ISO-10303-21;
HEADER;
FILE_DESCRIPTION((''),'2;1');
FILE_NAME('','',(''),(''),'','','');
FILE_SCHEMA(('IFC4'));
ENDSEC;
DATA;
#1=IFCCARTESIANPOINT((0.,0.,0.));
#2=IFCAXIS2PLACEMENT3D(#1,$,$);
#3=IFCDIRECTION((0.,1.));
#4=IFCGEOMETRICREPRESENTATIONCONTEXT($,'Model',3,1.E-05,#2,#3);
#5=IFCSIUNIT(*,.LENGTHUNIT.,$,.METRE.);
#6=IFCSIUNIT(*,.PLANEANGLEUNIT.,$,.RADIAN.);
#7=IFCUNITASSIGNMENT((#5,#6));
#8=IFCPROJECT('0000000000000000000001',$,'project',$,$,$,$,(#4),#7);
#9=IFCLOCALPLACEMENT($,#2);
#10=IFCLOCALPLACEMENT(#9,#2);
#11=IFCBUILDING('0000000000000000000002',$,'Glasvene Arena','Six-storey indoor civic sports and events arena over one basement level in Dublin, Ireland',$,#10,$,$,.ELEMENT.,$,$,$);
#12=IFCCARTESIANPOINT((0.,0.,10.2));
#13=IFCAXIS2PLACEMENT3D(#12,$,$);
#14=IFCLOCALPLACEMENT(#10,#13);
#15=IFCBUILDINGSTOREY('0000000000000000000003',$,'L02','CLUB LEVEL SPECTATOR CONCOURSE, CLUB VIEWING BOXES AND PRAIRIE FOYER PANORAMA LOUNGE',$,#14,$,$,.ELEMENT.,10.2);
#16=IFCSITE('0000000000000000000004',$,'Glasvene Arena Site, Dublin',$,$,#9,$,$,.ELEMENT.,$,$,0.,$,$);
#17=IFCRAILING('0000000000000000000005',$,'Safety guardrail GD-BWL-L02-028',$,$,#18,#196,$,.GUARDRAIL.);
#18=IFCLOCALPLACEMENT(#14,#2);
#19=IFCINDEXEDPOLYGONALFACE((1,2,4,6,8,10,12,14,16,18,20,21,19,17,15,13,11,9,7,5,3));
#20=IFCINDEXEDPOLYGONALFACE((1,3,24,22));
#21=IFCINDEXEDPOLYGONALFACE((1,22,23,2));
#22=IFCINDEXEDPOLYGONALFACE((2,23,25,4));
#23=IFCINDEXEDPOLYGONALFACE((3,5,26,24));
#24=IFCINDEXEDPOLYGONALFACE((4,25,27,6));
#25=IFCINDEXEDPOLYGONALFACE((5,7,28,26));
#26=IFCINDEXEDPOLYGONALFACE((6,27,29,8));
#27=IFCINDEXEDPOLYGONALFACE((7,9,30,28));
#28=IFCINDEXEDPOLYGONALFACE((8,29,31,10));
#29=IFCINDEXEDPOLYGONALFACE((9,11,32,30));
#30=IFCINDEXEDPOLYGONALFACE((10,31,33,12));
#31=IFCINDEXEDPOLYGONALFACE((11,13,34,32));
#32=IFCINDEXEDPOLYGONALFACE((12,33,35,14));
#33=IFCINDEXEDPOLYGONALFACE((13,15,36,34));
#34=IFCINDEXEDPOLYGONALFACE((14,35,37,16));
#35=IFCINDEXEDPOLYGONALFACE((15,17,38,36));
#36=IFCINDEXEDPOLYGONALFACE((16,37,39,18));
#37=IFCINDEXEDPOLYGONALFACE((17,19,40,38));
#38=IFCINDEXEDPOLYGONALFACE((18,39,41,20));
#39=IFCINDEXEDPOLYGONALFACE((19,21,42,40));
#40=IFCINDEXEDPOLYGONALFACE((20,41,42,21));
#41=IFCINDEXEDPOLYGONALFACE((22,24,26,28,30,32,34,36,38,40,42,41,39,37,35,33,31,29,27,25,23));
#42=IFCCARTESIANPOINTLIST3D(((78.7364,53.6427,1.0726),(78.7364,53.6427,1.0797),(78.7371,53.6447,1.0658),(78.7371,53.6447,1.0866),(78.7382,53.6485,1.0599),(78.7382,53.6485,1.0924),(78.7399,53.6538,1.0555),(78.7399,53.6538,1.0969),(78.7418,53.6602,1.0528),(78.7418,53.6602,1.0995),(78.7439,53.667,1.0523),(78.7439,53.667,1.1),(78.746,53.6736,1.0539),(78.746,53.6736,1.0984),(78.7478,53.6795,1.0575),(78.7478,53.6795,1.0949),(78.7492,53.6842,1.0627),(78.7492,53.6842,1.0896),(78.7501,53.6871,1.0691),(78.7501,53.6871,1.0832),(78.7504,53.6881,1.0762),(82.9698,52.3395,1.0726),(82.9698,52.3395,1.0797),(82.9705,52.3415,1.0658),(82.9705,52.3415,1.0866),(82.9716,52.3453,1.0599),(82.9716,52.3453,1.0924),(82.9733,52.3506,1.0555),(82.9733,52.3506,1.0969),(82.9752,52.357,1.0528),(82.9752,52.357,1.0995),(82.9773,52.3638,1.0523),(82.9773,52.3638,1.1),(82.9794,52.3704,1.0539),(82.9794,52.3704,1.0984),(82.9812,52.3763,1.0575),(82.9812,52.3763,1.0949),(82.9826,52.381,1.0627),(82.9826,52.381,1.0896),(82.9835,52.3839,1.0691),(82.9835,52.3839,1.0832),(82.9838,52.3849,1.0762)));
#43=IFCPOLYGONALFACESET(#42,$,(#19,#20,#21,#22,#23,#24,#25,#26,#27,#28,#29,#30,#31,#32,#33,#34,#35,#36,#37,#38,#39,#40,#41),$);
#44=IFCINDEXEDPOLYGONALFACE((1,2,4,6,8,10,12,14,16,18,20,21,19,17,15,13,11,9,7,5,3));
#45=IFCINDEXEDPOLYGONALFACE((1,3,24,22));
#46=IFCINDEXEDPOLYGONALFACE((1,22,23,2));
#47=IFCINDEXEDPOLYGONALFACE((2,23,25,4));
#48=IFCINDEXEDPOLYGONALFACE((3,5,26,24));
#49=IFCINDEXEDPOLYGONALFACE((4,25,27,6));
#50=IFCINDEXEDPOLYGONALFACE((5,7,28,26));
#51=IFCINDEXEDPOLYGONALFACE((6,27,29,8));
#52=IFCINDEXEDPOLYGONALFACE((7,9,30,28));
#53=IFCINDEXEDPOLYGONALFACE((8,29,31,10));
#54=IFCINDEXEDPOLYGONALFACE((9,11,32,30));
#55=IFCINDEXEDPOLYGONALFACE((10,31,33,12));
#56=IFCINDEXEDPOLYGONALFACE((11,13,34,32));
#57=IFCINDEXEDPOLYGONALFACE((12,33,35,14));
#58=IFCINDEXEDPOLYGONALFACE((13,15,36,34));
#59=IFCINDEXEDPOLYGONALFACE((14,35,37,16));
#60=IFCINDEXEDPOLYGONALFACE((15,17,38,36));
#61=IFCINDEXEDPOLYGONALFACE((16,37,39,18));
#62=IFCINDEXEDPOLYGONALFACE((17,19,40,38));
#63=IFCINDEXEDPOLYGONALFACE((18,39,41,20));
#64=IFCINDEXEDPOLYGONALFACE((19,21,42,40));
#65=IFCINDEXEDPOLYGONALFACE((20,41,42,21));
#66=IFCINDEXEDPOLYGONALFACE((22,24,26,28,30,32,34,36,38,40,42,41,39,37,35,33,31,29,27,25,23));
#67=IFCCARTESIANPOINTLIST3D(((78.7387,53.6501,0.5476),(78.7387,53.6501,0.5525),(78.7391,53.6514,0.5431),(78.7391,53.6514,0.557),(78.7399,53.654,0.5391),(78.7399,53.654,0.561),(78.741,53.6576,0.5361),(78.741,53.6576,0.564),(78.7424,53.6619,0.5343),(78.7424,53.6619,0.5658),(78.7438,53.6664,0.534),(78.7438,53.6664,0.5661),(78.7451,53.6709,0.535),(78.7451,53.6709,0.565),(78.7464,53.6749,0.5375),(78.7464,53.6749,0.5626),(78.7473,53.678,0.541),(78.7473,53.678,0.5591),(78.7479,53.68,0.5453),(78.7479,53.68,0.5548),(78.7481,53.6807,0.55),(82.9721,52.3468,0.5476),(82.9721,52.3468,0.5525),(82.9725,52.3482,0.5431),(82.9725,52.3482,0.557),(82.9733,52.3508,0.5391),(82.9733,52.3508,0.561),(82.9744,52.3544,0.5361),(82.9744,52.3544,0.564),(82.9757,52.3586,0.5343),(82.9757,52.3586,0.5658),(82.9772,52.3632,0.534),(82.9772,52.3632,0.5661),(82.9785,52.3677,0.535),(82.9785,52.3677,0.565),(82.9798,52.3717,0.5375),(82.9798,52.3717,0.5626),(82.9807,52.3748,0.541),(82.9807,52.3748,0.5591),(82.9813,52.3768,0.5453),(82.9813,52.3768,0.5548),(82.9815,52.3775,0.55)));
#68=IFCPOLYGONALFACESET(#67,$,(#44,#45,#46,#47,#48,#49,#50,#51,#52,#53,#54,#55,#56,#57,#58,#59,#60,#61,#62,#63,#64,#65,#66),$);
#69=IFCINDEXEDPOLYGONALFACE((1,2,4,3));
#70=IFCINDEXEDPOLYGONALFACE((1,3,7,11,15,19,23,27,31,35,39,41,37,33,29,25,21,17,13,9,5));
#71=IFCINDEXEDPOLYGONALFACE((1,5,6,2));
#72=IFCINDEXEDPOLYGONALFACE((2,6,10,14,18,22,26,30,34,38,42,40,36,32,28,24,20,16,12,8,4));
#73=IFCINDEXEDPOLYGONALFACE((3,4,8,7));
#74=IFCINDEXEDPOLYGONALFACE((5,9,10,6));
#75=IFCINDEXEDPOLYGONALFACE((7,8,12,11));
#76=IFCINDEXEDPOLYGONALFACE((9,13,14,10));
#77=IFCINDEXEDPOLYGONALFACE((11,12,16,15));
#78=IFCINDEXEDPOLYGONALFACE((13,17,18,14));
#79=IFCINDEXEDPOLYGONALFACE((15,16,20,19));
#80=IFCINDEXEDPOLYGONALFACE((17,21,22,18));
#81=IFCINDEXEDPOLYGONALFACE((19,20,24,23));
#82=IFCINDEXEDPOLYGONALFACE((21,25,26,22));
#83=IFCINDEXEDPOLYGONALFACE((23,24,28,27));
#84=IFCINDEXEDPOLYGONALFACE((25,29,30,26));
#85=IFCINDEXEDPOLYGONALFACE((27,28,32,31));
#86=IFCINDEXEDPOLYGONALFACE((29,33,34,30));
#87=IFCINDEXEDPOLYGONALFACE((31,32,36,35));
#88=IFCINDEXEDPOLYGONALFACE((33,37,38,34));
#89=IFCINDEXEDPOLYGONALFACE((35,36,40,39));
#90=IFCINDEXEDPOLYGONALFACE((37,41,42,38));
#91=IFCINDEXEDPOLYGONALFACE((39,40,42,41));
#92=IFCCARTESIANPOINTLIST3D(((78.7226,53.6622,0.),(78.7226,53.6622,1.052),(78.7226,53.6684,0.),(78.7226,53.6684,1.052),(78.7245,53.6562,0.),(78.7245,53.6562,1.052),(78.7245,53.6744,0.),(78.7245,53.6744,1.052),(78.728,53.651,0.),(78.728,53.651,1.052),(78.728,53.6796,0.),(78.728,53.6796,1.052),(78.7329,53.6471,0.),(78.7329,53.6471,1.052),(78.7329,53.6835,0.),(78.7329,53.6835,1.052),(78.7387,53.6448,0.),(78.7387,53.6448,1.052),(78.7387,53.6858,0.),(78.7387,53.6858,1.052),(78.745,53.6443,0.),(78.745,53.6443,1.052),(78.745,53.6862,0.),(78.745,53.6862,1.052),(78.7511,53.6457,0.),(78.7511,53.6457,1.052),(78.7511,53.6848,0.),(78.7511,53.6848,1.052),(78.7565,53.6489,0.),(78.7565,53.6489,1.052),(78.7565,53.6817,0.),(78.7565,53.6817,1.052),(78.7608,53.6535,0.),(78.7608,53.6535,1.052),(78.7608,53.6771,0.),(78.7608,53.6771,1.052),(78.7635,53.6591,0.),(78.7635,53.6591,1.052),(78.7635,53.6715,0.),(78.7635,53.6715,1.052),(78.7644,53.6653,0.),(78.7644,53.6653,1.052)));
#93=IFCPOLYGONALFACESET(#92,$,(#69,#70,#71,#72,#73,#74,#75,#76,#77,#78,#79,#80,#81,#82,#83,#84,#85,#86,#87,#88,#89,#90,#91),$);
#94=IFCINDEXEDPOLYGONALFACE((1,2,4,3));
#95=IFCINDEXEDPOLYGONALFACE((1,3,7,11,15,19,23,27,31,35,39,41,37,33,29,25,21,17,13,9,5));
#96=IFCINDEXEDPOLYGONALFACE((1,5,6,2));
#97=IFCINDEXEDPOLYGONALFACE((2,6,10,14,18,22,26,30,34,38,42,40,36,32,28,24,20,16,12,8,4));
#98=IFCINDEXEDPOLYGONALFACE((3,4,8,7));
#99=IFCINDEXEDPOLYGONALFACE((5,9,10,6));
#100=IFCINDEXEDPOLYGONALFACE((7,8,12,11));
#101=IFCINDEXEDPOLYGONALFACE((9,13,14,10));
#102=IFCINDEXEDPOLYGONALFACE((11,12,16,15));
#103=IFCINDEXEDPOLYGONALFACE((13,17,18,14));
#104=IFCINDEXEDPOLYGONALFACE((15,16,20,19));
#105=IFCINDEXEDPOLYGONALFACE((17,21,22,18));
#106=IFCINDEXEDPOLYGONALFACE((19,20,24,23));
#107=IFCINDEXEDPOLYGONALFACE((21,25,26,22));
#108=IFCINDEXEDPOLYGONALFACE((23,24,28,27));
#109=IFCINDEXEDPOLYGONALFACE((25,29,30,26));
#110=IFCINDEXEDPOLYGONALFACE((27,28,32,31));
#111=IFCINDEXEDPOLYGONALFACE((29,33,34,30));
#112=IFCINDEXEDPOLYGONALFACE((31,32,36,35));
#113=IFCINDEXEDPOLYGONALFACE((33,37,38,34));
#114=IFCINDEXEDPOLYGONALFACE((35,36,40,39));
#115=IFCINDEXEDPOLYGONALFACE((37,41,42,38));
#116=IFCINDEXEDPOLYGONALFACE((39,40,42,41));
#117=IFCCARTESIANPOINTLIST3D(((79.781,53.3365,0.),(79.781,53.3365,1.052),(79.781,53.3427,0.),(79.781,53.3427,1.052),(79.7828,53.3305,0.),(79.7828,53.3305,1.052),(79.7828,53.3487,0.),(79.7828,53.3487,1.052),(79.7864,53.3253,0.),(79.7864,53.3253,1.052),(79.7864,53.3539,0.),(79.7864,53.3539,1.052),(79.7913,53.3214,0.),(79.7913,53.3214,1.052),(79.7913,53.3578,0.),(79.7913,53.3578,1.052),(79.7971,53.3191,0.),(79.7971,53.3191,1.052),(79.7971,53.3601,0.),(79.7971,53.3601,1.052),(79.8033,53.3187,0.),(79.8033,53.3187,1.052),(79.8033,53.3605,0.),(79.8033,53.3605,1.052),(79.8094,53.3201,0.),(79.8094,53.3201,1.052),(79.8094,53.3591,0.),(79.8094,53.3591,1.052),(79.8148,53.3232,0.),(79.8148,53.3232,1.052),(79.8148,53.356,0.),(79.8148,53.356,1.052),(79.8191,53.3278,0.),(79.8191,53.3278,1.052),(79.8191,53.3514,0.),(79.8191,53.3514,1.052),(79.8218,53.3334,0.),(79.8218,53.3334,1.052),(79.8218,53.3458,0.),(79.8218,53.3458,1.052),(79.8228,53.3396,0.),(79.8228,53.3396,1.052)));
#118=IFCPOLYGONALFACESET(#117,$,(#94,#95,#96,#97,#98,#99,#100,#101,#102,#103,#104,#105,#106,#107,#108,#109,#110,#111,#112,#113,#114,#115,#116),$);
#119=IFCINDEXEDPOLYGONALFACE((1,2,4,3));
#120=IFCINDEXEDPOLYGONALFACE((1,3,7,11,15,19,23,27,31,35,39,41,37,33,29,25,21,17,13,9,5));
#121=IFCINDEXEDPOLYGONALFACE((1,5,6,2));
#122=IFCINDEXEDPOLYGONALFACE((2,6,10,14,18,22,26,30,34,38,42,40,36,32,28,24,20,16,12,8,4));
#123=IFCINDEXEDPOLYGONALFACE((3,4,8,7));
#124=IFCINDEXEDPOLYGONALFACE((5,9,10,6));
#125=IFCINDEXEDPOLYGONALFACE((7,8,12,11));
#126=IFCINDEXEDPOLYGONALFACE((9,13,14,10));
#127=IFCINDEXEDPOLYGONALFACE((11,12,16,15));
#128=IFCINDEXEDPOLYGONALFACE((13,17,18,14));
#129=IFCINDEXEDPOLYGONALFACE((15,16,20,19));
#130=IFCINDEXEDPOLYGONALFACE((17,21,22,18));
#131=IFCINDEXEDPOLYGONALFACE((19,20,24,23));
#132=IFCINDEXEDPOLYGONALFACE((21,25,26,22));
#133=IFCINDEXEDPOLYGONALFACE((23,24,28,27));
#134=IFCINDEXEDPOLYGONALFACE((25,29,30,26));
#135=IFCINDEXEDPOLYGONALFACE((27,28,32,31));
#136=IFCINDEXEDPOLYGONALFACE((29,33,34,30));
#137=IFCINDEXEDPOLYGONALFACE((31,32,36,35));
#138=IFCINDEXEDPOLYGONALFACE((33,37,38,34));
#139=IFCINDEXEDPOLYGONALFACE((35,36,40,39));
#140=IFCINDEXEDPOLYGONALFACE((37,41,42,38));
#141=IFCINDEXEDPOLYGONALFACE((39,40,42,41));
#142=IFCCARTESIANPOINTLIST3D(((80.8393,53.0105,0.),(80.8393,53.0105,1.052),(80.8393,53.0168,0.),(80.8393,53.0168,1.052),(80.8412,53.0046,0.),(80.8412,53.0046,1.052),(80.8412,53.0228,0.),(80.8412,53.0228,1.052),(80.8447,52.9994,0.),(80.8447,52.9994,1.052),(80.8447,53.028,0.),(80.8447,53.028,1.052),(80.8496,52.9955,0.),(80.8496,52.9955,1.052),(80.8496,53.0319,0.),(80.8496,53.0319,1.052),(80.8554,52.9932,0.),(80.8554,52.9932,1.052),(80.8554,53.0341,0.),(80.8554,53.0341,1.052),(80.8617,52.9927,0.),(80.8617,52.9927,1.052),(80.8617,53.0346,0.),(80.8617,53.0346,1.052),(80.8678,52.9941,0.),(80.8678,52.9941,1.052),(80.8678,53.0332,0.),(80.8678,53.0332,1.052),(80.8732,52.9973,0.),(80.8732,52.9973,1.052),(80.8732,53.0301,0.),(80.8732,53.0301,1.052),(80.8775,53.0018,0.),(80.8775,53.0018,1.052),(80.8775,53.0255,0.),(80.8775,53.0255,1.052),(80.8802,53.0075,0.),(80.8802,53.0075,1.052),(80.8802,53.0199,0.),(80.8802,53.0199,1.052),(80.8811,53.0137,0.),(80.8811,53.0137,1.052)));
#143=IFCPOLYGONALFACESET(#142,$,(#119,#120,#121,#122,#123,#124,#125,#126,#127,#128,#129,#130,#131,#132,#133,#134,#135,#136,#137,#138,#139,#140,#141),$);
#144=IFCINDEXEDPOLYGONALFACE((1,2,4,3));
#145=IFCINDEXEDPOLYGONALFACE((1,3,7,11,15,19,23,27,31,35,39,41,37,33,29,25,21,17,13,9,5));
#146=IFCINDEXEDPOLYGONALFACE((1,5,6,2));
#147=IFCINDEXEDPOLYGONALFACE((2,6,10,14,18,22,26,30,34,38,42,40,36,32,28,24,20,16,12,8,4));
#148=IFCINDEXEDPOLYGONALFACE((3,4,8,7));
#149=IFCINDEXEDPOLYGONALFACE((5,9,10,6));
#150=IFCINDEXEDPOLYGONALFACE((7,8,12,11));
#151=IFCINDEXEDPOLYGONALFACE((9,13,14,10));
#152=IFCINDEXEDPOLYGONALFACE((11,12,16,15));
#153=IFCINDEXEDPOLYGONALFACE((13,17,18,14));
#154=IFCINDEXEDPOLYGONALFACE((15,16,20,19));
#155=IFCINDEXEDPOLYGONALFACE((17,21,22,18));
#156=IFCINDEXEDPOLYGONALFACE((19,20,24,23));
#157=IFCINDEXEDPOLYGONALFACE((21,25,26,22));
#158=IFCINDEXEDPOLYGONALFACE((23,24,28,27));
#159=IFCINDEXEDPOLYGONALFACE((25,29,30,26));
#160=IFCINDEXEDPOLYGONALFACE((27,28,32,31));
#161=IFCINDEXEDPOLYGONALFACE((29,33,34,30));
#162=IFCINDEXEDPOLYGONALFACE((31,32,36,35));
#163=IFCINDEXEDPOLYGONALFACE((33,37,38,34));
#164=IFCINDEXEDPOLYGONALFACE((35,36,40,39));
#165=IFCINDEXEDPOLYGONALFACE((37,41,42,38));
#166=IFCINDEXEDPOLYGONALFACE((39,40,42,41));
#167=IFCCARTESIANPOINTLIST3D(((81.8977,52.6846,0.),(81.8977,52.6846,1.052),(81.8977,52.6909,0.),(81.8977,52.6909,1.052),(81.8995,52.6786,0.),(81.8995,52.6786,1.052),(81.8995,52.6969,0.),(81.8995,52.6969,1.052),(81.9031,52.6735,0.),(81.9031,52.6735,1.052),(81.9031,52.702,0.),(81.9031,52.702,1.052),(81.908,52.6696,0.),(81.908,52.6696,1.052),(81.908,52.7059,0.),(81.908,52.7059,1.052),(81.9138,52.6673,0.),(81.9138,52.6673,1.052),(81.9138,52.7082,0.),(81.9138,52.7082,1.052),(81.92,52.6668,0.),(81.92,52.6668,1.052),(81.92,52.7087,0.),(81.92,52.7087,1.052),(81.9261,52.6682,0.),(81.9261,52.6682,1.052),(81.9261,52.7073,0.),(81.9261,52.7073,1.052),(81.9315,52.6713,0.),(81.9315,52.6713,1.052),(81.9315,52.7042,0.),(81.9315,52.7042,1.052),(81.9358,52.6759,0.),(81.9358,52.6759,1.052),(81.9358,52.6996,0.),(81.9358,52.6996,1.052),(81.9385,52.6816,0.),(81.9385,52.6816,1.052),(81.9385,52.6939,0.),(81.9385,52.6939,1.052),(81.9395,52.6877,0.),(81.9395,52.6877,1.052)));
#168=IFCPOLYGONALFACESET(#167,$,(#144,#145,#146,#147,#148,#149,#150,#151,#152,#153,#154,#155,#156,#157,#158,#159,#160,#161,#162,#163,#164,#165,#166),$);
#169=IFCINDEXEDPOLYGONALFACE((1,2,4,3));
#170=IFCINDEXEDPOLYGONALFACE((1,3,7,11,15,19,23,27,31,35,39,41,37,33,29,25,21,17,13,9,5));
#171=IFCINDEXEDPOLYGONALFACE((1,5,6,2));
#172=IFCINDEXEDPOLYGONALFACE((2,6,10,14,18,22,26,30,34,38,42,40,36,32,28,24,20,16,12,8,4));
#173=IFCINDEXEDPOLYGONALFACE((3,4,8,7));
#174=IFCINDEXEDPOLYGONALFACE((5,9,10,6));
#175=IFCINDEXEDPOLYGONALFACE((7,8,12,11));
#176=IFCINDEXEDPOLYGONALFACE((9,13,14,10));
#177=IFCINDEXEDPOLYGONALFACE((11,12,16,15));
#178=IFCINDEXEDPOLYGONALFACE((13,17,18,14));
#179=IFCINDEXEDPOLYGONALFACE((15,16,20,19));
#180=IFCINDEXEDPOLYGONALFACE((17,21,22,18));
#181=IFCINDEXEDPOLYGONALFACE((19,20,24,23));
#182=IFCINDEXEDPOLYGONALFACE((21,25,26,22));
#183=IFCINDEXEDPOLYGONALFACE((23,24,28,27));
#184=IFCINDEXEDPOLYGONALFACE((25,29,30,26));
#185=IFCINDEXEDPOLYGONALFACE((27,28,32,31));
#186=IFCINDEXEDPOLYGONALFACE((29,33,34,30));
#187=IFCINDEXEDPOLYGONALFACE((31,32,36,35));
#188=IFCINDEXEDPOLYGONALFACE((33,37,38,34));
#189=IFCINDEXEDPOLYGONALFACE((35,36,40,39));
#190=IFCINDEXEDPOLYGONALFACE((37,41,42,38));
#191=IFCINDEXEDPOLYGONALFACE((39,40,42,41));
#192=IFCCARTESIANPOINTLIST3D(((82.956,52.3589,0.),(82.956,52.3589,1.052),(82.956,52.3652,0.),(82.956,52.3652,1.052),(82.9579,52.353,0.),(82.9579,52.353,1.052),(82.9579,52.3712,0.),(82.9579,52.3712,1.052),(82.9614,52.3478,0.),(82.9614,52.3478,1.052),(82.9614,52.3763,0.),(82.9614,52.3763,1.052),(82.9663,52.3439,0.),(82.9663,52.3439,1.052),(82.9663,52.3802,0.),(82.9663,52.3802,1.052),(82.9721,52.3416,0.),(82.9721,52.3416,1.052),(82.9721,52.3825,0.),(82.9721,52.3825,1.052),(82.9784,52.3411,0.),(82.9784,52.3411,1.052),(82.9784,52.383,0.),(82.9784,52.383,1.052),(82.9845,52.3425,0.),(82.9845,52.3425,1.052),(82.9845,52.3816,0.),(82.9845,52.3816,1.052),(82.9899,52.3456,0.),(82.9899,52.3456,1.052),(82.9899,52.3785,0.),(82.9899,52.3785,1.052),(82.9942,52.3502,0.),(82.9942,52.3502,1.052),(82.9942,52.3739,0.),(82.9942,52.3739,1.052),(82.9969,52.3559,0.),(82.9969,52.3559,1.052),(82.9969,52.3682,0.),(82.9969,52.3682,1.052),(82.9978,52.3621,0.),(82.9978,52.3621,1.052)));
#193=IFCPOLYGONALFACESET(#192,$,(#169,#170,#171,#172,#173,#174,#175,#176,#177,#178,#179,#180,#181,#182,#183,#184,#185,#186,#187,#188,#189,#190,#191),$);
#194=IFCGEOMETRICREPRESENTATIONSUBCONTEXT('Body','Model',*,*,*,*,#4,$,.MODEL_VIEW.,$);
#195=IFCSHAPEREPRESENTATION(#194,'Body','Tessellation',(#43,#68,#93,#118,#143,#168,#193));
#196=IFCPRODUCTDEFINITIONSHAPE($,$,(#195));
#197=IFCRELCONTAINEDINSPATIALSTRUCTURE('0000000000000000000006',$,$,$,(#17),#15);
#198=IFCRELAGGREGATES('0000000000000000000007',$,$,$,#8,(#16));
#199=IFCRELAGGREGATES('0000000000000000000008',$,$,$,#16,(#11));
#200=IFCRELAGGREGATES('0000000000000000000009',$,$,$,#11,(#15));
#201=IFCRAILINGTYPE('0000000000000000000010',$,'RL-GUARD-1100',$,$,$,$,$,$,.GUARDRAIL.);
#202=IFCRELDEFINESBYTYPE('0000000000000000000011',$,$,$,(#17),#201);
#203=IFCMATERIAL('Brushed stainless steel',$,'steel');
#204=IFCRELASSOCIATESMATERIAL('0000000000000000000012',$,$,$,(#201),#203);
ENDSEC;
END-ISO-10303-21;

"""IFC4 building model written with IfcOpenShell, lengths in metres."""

from ifc_helpers import new_model, si_unit, direction, frame, origin, origin_2d, place, context, subcontext, project, spatial, circle, extrude, material, type_object, element, save


model = new_model("IFC4")

# Units and contexts
model_context = context("Model", 3, precision=1e-05, world=origin(), true_north=direction((0.0, 1.0)))
body_context = subcontext(model_context, "Body", "Model", "MODEL_VIEW")
ifc_project = project(units=[si_unit("LENGTHUNIT", "METRE"), si_unit("PLANEANGLEUNIT", "RADIAN")], contexts=[model_context])

# Site, building, storey
site_placement = place(None, origin())
site = spatial("IfcSite", under=ifc_project, at=site_placement, Name="Glasvene Arena Site, Dublin", CompositionType="ELEMENT", RefElevation=0.0)
building_placement = place(site_placement, origin())
building = spatial("IfcBuilding", under=site, at=building_placement, Name="Glasvene Arena", Description="Six-storey indoor civic sports and events arena over one basement level in Dublin, Ireland", CompositionType="ELEMENT")
storey_placement = place(building_placement, frame((0.0, 0.0, 10.2)))
storey = spatial("IfcBuildingStorey", under=building, at=storey_placement, Name="L02", Description="CLUB LEVEL SPECTATOR CONCOURSE, CLUB VIEWING BOXES AND PRAIRIE FOYER PANORAMA LOUNGE", CompositionType="ELEMENT", Elevation=10.2)

# Railing
ifc_material_1 = material(Name="Brushed stainless steel", Category="steel")
railing_type = type_object("IfcRailingType", Name="RL-GUARD-1100", PredefinedType="GUARDRAIL", material=ifc_material_1)
railing_1_placement = place(storey_placement, frame((78.7434, 53.6653, 0.0)))
element("IfcRailing", 1, at=railing_1_placement, inside=storey, type_object=railing_type, Name="Safety guardrail GD-BWL-L02-028", PredefinedType="GUARDRAIL", context=body_context, shape_type="SweptSolid", body=[
    extrude(circle(Radius=0.0239, at=origin_2d()), frame((0.0, 0.0, 1.0762), z_axis=(0.955738, -0.294218, 0.0), x_axis=(0.294218, 0.955738, 0.0)), (0.0, 0.0, 1.0), 4.4294),
    extrude(circle(Radius=0.0161, at=origin_2d()), frame((0.0, 0.0, 0.55), z_axis=(0.955738, -0.294218, 0.0), x_axis=(0.294218, 0.955738, 0.0)), (0.0, 0.0, 1.0), 4.4294),
    extrude(circle(Radius=0.021, at=origin_2d()), origin(), (0.0, 0.0, 1.0), 1.052),
    extrude(circle(Radius=0.021, at=origin_2d()), frame((1.0583, -0.3257, 0.0)), (0.0, 0.0, 1.0), 1.052),
    extrude(circle(Radius=0.021, at=origin_2d()), frame((2.1167, -0.6516, 0.0)), (0.0, 0.0, 1.0), 1.052),
    extrude(circle(Radius=0.021, at=origin_2d()), frame((3.175, -0.9775, 0.0)), (0.0, 0.0, 1.0), 1.052),
    extrude(circle(Radius=0.021, at=origin_2d()), frame((4.2334, -1.3032, 0.0)), (0.0, 0.0, 1.0), 1.052),
])

save(model, "model.ifc")
